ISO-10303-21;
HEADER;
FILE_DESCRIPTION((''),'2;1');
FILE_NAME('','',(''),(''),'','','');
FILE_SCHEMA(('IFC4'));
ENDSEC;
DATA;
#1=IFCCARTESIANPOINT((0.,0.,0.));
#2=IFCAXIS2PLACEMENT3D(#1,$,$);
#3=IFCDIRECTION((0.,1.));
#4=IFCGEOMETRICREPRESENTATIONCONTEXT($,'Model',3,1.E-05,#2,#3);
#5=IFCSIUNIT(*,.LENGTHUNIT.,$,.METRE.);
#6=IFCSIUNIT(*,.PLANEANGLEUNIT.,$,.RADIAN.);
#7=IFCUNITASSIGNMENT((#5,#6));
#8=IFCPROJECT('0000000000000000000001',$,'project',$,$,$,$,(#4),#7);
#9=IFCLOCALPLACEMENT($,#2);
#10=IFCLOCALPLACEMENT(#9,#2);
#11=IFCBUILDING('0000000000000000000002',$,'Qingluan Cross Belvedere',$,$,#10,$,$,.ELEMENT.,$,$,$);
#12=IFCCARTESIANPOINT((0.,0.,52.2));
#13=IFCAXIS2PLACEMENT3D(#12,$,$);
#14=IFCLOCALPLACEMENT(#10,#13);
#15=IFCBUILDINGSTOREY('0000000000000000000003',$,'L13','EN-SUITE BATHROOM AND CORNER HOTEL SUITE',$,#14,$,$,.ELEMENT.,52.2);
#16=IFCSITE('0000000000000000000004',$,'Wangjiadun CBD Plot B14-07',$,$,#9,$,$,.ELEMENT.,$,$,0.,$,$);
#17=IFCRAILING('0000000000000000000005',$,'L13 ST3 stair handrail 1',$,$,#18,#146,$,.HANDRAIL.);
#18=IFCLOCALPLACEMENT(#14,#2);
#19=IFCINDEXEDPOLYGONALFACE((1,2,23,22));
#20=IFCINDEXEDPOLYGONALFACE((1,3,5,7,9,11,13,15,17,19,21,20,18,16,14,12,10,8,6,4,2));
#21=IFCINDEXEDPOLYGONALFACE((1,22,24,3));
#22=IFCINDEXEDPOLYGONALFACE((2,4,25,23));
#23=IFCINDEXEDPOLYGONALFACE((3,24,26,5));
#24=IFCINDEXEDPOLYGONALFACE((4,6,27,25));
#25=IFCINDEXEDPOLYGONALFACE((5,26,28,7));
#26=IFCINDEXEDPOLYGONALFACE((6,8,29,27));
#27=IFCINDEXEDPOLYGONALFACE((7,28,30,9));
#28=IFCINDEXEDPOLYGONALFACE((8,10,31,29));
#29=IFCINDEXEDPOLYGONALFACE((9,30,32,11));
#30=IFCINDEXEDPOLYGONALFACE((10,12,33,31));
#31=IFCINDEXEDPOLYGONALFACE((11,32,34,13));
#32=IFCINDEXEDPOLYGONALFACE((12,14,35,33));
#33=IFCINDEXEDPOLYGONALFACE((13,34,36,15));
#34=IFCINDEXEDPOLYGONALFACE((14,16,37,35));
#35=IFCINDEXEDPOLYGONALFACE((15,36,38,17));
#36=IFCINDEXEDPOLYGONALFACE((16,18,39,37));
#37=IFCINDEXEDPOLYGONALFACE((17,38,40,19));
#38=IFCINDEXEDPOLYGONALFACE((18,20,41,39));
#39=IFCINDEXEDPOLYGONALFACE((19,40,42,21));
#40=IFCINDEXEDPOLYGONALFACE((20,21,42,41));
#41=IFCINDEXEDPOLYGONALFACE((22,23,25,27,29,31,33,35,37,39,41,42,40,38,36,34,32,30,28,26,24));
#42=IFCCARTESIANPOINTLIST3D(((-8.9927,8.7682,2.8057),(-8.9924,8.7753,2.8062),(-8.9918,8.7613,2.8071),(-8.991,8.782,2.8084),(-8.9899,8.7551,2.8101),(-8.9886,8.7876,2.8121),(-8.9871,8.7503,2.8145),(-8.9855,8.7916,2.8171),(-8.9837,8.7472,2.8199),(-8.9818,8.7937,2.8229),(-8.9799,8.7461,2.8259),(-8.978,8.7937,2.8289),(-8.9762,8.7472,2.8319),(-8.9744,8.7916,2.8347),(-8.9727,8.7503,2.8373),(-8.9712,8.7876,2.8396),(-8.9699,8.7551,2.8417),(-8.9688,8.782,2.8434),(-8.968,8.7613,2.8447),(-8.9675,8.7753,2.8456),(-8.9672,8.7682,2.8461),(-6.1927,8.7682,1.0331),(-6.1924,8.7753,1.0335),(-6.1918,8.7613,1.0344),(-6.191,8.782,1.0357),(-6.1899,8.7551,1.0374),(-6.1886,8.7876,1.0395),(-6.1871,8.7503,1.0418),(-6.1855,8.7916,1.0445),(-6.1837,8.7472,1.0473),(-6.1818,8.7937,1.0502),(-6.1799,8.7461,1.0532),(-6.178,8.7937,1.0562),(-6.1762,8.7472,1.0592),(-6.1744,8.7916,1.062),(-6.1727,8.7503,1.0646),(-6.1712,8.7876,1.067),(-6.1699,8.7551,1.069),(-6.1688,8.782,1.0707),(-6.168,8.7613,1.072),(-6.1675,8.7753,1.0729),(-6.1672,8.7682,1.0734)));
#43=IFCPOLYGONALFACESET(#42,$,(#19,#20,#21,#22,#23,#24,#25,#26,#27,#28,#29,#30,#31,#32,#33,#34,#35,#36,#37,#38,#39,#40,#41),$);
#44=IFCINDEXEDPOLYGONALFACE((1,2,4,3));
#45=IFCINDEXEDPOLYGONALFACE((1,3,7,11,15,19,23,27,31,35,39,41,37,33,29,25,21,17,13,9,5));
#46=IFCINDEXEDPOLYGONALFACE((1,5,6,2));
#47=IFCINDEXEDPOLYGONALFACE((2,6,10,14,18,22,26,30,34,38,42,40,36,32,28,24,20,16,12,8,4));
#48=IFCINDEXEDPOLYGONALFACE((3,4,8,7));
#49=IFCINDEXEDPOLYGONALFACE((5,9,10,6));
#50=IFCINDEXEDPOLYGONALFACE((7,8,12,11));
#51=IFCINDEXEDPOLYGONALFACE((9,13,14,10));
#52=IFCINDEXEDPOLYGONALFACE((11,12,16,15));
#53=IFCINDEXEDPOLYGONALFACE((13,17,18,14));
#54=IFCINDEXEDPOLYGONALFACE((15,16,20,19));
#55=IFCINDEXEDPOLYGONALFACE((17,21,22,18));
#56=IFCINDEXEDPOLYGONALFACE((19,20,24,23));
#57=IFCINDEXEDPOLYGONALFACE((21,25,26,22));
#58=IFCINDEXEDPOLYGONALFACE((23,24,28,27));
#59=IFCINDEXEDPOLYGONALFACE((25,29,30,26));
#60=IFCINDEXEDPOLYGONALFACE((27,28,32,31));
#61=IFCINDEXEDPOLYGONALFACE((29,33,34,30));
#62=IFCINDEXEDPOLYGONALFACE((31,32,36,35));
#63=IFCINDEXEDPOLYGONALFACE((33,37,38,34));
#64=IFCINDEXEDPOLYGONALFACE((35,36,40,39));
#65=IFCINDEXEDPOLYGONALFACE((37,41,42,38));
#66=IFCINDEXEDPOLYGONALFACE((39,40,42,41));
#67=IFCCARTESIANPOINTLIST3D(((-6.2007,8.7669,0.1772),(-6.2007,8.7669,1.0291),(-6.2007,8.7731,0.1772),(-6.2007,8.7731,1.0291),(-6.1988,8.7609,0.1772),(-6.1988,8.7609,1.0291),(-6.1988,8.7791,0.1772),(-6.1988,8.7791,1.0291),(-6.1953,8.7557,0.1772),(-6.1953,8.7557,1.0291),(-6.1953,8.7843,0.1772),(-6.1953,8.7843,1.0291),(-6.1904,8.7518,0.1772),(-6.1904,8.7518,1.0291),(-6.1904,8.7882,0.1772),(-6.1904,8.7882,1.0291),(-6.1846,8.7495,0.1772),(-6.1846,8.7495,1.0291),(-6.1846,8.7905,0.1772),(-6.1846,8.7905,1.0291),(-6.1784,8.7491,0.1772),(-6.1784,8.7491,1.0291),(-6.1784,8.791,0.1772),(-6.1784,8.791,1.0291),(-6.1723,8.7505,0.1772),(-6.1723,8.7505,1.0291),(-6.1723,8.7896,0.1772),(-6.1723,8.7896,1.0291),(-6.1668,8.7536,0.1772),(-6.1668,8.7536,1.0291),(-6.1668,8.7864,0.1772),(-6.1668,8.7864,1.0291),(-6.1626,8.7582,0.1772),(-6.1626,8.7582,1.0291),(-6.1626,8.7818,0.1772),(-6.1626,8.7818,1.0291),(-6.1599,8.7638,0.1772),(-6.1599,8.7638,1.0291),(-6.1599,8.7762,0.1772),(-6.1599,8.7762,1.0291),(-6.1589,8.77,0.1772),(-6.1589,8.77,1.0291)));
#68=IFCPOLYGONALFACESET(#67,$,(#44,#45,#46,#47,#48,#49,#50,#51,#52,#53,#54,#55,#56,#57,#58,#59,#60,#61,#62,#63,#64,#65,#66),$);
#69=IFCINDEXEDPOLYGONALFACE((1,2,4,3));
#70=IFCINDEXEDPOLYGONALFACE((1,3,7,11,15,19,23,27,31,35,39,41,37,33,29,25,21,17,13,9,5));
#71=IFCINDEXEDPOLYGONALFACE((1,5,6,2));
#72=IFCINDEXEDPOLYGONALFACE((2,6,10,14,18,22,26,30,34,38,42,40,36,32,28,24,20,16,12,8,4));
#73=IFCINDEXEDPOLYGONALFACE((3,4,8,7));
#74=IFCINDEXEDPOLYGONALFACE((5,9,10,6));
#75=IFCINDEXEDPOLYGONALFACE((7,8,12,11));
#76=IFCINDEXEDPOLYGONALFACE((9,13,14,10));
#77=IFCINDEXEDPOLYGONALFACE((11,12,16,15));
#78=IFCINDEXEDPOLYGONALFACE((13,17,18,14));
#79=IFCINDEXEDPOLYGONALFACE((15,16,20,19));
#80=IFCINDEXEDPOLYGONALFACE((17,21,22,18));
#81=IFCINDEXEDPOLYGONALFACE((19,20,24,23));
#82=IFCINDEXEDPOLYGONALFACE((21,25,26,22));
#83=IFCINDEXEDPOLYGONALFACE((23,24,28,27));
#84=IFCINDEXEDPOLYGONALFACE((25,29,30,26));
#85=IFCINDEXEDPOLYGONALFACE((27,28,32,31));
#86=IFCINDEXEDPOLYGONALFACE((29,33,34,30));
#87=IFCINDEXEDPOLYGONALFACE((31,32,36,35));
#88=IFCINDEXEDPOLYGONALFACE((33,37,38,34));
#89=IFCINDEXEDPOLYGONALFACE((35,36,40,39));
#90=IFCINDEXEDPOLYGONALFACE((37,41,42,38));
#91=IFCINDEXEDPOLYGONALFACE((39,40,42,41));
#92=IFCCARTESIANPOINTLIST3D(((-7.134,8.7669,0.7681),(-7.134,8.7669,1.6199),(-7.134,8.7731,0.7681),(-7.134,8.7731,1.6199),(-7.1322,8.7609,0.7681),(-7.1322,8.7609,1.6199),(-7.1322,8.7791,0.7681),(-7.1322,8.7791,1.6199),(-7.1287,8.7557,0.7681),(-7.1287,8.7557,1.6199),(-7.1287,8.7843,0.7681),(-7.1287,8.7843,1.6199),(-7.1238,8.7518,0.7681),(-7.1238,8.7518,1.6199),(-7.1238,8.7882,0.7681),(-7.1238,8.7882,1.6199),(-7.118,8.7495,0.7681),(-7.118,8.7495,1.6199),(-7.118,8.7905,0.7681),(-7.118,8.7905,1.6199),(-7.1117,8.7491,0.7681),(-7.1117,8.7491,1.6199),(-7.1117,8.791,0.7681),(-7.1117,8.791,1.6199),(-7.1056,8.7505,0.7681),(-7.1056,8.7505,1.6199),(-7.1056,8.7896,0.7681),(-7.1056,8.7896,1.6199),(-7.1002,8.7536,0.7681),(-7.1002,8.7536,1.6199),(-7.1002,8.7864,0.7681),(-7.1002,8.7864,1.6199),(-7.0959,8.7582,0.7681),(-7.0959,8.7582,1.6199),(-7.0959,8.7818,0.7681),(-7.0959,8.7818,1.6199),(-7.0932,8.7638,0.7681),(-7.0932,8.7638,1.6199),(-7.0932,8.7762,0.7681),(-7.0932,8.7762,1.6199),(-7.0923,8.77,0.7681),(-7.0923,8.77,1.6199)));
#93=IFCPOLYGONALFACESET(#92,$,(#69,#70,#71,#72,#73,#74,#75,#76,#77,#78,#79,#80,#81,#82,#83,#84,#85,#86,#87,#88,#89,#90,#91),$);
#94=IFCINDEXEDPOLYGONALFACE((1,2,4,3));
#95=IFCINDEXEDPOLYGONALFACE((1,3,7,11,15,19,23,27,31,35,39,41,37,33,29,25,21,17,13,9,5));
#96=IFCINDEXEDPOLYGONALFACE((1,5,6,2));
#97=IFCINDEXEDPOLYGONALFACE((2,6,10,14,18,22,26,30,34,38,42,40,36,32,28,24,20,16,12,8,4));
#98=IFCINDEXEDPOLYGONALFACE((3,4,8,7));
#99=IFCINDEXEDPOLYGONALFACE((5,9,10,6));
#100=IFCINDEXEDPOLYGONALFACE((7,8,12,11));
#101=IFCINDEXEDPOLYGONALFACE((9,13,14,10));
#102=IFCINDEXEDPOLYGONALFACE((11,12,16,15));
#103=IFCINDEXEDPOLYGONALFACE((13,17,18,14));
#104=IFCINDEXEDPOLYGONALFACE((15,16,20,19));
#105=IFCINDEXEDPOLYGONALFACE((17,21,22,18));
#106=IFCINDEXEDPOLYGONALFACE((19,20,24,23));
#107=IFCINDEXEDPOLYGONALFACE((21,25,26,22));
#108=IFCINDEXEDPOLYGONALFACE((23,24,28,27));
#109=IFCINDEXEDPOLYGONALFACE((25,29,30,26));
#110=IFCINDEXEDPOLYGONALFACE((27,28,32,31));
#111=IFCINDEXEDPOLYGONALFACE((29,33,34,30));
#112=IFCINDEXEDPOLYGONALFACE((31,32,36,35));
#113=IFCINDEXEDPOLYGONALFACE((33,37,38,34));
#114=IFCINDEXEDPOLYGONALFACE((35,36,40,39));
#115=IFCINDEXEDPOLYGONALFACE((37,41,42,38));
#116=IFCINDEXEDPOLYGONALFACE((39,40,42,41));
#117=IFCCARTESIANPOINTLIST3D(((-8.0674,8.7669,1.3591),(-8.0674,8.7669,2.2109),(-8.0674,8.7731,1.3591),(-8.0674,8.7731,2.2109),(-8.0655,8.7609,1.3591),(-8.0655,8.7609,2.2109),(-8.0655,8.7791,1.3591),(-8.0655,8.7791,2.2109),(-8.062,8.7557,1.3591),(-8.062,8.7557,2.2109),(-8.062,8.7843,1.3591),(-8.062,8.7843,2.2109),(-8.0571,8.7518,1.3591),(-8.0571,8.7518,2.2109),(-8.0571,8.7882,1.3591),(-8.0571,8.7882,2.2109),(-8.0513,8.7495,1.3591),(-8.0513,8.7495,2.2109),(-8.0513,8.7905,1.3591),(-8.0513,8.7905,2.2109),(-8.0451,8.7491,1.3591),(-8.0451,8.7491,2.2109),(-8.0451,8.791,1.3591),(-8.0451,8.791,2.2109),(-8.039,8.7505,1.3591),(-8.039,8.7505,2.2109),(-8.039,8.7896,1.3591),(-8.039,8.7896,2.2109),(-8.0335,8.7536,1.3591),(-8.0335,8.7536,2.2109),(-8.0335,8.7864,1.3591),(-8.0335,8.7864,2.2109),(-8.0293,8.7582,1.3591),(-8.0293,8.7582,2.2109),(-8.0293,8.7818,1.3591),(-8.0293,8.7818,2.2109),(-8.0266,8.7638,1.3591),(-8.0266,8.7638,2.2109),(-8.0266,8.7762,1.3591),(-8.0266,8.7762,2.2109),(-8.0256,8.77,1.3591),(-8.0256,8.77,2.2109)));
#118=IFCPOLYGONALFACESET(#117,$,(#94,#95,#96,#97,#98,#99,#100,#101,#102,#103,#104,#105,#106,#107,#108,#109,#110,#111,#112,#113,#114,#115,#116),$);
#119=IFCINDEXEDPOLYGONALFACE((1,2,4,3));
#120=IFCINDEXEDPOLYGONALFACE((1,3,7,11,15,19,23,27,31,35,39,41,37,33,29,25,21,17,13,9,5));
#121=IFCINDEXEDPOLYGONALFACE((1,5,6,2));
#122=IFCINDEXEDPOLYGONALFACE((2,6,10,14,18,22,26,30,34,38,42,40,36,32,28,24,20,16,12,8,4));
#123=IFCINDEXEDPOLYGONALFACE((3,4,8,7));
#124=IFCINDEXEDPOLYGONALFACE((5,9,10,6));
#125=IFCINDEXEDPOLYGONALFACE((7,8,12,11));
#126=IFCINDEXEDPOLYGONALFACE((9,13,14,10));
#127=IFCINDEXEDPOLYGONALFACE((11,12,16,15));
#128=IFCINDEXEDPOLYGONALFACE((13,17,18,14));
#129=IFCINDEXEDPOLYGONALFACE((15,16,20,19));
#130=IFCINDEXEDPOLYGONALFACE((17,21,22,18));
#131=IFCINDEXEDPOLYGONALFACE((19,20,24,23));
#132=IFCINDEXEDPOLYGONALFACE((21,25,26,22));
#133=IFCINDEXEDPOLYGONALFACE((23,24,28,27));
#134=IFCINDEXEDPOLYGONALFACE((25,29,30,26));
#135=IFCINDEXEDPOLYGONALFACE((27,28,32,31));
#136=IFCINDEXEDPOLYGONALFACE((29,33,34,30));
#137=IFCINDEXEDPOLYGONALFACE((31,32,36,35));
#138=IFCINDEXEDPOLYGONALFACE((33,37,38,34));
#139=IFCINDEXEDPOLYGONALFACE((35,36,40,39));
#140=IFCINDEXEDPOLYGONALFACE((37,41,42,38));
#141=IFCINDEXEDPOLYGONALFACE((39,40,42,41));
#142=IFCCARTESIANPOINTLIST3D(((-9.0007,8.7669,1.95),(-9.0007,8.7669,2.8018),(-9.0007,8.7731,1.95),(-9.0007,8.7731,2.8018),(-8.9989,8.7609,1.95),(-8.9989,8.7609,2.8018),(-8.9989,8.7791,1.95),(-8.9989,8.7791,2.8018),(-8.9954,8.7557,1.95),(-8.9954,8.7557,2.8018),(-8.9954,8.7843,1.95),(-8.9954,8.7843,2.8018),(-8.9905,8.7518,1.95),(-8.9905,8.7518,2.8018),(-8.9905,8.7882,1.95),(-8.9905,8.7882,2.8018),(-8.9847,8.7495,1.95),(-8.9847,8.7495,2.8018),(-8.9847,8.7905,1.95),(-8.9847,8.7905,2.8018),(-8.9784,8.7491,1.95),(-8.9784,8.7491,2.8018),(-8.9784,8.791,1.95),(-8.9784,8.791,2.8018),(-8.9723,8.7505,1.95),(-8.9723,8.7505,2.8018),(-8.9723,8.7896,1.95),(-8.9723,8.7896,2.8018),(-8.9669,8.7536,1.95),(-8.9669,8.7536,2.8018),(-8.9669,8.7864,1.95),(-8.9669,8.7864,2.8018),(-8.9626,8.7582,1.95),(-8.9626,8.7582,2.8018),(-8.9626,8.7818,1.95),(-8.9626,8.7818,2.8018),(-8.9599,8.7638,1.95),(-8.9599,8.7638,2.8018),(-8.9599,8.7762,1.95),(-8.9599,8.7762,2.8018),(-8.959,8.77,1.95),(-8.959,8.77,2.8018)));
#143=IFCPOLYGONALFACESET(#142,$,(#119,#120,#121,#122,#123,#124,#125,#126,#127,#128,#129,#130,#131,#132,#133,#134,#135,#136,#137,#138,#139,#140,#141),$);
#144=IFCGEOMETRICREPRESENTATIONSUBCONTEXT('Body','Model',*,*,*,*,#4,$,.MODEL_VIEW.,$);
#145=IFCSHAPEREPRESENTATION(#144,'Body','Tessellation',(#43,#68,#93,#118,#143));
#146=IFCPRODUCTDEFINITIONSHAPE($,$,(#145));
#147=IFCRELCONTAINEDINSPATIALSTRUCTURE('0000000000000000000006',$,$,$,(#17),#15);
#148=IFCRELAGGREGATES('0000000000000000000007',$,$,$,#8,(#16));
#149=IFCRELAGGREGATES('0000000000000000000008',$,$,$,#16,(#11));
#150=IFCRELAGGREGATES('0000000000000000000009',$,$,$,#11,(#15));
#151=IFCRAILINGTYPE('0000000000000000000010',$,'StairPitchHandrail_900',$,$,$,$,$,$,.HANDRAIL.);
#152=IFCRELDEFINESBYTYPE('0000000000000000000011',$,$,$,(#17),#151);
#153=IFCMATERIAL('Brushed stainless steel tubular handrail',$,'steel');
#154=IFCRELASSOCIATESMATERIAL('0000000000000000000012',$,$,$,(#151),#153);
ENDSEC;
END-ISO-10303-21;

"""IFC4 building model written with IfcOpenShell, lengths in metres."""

from ifc_helpers import new_model, si_unit, direction, frame, origin, origin_2d, place, context, subcontext, project, spatial, circle, extrude, material, type_object, element, save


model = new_model("IFC4")

# Units and contexts
model_context = context("Model", 3, precision=1e-05, world=origin(), true_north=direction((0.0, 1.0)))
body_context = subcontext(model_context, "Body", "Model", "MODEL_VIEW")
ifc_project = project(units=[si_unit("LENGTHUNIT", "METRE"), si_unit("PLANEANGLEUNIT", "RADIAN")], contexts=[model_context])

# Site, building, storey
site_placement = place(None, origin())
site = spatial("IfcSite", under=ifc_project, at=site_placement, Name="Wangjiadun CBD Plot B14-07", CompositionType="ELEMENT", RefElevation=0.0)
building_placement = place(site_placement, origin())
building = spatial("IfcBuilding", under=site, at=building_placement, Name="Qingluan Cross Belvedere", CompositionType="ELEMENT")
storey_placement = place(building_placement, frame((0.0, 0.0, 52.2)))
storey = spatial("IfcBuildingStorey", under=building, at=storey_placement, Name="L13", Description="EN-SUITE BATHROOM AND CORNER HOTEL SUITE", CompositionType="ELEMENT", Elevation=52.2)

# Railing
ifc_material_1 = material(Name="Brushed stainless steel tubular handrail", Category="steel")
railing_type_1 = type_object("IfcRailingType", Name="StairPitchHandrail_900", PredefinedType="HANDRAIL", material=ifc_material_1)
railing_1_placement = place(storey_placement, frame((-6.1799, 8.77, 0.1772)))
element("IfcRailing", 1, at=railing_1_placement, inside=storey, type_object=railing_type_1, Name="L13 ST3 stair handrail 1", PredefinedType="HANDRAIL", context=body_context, shape_type="SweptSolid", body=[
    extrude(circle(Radius=0.0239, at=origin_2d()), frame((0.0, 0.0, 0.876), z_axis=(-0.844909, 0.0, 0.53491), x_axis=(0.0, -1.0, 0.0)), (0.0, 0.0, 1.0), 3.314),
    extrude(circle(Radius=0.021, at=origin_2d()), origin(), (0.0, 0.0, 1.0), 0.8518),
    extrude(circle(Radius=0.021, at=origin_2d()), frame((-0.9333, 0.0, 0.5908)), (0.0, 0.0, 1.0), 0.8518),
    extrude(circle(Radius=0.021, at=origin_2d()), frame((-1.8667, 0.0, 1.1819)), (0.0, 0.0, 1.0), 0.8518),
    extrude(circle(Radius=0.021, at=origin_2d()), frame((-2.8, 0.0, 1.7727)), (0.0, 0.0, 1.0), 0.8518),
])

save(model, "model.ifc")
